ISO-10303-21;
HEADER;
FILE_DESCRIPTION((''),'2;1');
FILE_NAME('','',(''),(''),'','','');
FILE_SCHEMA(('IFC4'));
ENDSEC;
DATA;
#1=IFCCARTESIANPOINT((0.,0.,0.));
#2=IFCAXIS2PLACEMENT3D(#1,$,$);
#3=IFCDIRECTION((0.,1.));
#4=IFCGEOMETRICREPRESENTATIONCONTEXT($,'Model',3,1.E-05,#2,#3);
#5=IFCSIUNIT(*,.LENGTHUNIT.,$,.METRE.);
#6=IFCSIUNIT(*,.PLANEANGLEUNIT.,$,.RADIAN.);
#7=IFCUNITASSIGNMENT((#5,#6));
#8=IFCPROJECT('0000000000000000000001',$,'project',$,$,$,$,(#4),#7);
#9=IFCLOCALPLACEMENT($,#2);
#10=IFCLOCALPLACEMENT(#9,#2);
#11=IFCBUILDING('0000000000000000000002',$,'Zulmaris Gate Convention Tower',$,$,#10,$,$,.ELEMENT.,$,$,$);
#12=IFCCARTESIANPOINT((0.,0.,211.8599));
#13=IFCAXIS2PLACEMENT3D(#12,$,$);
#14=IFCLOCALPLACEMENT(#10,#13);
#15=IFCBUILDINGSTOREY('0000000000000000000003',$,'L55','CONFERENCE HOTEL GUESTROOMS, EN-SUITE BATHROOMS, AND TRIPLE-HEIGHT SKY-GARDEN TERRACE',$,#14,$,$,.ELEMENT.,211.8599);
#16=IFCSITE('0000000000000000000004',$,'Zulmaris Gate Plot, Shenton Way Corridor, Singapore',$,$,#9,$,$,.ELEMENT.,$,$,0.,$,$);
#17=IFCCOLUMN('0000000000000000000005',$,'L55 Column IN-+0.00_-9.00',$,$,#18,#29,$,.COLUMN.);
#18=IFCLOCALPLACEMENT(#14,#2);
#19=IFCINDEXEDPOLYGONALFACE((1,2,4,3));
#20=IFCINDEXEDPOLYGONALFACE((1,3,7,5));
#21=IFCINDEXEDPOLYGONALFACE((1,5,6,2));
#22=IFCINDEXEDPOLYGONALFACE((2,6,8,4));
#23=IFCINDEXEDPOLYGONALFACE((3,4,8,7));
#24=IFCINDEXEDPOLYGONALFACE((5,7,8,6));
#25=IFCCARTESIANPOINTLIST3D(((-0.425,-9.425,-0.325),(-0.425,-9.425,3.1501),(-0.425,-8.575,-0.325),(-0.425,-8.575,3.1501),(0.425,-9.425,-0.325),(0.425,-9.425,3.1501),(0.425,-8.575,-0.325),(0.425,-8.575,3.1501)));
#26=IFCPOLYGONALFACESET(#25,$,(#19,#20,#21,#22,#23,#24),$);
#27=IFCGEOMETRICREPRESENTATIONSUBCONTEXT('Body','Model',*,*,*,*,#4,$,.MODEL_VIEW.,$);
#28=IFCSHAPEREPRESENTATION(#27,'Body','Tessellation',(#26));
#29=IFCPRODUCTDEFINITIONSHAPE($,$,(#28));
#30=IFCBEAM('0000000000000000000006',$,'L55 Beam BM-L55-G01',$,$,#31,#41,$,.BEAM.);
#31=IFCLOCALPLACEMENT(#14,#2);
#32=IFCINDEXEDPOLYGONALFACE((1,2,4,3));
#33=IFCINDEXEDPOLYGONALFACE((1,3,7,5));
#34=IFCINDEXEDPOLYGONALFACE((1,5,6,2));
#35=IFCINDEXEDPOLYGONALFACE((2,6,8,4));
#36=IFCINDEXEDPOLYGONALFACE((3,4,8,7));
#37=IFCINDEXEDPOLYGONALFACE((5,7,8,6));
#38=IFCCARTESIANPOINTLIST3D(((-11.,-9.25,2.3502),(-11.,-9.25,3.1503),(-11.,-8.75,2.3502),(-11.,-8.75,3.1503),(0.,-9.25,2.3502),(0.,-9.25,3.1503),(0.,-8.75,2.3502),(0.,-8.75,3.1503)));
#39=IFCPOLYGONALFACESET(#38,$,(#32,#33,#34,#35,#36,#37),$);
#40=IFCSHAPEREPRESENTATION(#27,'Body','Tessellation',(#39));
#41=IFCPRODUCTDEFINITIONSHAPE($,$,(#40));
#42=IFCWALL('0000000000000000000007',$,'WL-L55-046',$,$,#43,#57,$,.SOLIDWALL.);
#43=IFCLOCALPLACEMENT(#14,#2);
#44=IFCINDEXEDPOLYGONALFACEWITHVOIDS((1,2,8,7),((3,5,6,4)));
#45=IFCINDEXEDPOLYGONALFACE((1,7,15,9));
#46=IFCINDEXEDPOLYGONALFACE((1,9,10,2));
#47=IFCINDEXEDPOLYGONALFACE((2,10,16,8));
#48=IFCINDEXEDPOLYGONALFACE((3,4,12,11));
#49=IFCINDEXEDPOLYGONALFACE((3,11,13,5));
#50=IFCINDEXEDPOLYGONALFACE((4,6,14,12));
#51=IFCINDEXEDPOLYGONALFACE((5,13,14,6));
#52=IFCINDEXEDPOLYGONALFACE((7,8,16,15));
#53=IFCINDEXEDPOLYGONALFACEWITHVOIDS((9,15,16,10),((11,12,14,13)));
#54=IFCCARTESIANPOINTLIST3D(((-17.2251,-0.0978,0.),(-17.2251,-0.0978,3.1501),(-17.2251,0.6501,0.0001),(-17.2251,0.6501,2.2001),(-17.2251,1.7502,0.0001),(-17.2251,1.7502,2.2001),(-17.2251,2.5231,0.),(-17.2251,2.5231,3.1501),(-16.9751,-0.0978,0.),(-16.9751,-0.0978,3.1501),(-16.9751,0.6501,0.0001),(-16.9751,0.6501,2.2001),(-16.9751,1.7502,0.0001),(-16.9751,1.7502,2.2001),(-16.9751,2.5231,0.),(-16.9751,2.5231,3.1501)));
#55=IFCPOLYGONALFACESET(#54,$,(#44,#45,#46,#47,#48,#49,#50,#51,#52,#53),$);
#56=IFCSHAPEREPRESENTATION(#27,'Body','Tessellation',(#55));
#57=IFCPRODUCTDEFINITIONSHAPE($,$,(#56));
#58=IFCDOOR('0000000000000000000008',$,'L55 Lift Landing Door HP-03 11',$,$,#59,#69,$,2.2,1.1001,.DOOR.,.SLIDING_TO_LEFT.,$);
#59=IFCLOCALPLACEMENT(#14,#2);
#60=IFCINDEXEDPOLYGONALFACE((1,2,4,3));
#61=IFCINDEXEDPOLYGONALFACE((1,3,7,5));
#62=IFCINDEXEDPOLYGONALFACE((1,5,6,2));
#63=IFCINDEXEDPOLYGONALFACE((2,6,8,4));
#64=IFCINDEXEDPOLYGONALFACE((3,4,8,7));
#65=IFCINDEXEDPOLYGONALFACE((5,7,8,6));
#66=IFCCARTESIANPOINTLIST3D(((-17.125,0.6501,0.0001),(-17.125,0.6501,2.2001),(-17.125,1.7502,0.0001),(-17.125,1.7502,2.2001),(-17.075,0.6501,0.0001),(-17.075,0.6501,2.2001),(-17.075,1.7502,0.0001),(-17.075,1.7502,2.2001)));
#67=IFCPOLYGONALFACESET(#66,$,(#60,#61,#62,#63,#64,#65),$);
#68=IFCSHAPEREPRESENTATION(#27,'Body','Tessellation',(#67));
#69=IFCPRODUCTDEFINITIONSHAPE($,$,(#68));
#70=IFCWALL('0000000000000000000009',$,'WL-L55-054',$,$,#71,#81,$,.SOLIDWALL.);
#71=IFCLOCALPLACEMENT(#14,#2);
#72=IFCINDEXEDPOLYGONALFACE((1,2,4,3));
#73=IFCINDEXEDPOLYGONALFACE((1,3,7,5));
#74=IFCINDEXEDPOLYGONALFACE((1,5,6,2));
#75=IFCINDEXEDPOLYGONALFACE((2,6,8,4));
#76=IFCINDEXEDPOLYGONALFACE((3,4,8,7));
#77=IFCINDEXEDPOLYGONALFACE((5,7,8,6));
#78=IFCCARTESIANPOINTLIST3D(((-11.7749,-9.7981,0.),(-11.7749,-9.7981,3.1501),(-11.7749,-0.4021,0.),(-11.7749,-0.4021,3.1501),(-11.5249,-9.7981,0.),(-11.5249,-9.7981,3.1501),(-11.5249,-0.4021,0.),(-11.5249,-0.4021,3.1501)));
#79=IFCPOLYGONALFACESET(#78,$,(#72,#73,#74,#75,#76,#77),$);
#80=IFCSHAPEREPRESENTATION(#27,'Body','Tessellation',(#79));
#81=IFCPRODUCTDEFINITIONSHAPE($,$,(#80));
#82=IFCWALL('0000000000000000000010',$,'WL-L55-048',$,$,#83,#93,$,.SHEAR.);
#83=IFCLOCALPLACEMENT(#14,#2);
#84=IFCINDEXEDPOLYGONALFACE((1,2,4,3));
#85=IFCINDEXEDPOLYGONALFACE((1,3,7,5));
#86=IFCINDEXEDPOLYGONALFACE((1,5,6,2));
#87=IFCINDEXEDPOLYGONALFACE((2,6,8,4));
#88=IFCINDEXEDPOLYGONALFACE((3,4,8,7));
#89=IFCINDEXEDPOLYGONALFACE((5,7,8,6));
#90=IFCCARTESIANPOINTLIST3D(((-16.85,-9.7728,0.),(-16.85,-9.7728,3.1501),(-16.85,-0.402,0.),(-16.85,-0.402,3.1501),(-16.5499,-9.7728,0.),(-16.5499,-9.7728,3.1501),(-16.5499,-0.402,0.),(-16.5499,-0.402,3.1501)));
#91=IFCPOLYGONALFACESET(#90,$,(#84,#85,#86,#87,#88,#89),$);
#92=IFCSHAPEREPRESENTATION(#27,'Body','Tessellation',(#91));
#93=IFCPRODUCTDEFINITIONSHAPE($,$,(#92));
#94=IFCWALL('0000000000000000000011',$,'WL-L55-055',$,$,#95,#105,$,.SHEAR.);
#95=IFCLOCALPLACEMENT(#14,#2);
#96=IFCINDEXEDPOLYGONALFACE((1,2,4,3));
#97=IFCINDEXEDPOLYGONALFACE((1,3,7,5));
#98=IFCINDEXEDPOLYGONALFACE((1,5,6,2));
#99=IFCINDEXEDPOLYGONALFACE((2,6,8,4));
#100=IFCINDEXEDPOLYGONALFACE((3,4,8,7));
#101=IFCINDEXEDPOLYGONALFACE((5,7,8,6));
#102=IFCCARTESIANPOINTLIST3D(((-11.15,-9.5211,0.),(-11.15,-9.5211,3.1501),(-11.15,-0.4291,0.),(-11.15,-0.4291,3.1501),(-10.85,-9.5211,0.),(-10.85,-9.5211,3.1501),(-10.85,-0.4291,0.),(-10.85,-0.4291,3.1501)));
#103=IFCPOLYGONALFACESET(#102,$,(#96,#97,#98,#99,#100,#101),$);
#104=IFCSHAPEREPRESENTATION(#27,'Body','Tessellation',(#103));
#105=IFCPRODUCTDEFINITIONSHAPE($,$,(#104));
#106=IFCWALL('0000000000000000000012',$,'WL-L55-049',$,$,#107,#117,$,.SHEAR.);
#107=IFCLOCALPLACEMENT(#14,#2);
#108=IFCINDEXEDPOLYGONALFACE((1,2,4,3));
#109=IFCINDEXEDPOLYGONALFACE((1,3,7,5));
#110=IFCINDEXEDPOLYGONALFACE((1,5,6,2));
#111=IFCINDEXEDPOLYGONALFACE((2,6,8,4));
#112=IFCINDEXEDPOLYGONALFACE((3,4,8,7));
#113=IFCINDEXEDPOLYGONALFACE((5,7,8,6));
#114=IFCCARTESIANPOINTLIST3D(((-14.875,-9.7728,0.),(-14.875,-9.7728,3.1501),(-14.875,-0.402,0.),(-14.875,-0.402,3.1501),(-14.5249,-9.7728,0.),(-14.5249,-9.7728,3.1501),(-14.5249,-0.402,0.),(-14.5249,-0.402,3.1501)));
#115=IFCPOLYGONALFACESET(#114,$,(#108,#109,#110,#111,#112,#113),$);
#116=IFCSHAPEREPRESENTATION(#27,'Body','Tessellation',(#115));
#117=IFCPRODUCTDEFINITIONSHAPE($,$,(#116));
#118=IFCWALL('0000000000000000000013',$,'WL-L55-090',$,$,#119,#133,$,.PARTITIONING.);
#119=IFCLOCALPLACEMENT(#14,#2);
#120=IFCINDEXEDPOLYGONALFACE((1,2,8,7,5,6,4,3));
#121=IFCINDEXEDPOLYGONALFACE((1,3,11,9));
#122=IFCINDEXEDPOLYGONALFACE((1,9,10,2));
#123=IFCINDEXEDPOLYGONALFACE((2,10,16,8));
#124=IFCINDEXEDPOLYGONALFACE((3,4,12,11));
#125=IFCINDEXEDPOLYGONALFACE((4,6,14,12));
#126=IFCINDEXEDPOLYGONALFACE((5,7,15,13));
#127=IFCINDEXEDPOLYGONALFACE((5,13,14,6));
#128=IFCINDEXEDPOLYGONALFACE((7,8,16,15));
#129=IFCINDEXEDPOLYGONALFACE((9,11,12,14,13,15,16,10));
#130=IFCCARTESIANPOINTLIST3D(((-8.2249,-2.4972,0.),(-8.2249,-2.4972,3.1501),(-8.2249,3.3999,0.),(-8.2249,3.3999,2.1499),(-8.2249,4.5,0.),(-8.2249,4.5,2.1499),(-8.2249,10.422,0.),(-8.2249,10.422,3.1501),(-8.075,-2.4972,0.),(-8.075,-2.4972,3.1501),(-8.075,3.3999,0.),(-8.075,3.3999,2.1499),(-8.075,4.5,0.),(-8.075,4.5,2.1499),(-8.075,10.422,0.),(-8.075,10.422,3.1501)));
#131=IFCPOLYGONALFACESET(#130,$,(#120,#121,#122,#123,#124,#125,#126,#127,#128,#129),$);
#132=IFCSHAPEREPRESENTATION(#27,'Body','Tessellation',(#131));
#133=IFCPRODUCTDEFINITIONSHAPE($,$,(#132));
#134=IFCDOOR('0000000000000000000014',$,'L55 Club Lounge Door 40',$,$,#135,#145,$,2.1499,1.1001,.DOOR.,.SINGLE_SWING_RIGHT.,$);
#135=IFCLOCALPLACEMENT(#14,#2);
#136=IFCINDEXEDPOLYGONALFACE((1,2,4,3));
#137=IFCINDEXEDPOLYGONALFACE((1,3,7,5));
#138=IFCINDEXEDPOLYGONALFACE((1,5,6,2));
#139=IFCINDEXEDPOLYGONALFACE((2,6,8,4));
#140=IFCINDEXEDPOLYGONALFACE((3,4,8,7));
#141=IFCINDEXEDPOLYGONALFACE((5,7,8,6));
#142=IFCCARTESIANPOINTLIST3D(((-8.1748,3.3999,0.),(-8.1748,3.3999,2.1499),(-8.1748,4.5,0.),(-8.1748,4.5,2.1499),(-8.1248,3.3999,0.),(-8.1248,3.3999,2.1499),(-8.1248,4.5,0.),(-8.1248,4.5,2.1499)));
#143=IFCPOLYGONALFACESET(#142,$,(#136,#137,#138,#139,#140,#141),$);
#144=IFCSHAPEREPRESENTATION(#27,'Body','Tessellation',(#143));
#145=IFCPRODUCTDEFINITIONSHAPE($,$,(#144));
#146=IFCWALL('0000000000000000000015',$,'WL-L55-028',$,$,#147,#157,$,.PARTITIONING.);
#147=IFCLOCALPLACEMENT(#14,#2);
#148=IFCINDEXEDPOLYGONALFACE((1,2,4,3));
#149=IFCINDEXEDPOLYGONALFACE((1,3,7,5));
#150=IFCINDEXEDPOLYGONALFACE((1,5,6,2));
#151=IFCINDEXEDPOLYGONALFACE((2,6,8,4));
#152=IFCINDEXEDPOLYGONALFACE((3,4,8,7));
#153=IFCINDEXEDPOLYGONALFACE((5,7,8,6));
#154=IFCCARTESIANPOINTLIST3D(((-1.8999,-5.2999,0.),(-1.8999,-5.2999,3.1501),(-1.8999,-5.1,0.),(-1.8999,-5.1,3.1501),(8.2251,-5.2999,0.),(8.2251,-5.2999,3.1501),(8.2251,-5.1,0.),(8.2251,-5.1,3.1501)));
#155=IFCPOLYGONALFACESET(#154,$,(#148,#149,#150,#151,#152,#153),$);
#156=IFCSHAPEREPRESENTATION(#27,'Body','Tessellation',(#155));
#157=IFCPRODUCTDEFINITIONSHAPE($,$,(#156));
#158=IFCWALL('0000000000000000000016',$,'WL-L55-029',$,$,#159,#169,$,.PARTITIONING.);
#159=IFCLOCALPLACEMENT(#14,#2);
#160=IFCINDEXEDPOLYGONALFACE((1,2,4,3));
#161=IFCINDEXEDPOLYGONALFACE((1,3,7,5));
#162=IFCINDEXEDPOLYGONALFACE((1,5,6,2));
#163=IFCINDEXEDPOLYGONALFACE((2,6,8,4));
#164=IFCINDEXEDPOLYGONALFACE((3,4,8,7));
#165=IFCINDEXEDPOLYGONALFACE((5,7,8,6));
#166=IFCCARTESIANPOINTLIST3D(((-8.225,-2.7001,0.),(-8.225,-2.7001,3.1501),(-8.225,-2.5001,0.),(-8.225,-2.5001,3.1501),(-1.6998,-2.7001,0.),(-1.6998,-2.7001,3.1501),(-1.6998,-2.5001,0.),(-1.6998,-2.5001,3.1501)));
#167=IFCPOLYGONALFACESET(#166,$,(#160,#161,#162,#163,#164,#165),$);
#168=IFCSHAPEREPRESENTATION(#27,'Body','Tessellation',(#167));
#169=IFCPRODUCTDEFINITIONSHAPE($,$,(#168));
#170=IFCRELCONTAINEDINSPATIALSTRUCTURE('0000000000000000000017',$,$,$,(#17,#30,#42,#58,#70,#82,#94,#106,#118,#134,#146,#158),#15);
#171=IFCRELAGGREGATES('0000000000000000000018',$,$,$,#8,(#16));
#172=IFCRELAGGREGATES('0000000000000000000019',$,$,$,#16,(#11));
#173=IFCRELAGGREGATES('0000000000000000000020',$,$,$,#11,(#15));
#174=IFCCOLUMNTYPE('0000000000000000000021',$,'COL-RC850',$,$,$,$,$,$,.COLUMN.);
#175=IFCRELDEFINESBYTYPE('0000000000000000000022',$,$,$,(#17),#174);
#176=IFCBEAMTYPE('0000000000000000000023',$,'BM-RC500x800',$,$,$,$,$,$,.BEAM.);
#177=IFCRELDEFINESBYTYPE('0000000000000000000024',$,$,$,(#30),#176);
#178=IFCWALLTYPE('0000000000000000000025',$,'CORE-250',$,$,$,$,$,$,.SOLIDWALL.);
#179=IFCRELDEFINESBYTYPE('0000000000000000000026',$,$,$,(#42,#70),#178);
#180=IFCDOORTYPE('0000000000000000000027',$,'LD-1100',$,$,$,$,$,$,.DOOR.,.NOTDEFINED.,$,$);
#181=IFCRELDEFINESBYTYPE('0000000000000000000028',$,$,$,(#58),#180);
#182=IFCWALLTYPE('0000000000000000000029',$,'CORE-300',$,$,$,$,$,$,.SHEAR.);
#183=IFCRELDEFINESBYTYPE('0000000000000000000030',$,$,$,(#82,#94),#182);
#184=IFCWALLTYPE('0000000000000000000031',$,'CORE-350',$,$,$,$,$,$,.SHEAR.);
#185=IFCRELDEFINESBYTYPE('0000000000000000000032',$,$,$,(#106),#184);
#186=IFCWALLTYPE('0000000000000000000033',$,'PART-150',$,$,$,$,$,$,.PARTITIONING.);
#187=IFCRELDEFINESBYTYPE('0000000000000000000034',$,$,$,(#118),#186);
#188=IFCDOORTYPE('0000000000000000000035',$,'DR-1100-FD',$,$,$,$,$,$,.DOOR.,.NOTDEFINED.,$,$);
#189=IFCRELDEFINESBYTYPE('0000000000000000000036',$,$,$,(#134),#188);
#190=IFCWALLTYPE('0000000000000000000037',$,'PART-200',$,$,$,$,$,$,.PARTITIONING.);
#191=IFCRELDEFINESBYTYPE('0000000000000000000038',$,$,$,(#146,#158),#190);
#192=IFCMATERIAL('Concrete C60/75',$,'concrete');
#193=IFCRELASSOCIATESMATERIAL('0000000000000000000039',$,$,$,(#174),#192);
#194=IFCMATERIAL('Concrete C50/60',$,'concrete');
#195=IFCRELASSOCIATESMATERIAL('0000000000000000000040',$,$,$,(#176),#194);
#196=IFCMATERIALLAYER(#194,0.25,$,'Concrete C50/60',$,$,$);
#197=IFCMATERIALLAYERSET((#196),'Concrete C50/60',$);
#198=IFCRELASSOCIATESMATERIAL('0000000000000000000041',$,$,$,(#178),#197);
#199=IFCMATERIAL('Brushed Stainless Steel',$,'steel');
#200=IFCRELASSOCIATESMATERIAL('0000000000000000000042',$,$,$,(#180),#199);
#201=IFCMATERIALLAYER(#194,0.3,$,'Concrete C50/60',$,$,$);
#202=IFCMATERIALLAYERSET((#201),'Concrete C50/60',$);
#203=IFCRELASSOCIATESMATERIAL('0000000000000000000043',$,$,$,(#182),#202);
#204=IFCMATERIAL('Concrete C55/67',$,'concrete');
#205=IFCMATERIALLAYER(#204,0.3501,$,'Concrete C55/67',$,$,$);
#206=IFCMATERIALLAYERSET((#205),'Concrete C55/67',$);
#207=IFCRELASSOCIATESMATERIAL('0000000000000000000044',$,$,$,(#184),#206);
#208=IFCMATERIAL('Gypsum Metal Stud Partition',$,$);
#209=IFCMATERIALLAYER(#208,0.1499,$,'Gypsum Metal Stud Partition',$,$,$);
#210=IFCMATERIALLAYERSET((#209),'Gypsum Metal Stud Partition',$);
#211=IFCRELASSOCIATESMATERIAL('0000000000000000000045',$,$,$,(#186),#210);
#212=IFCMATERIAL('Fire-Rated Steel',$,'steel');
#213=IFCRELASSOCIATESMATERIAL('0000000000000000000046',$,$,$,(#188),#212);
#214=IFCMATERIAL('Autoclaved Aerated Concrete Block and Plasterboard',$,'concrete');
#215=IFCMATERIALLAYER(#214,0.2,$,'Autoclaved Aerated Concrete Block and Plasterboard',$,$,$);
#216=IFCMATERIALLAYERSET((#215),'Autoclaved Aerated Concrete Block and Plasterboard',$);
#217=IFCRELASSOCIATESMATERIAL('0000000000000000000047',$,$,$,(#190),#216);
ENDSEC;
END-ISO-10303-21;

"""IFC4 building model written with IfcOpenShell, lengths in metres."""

from ifc_helpers import new_model, si_unit, direction, frame, frame_2d, origin, origin_2d, place, context, subcontext, project, spatial, rectangle, extrude, material, layer, layer_set, material_profile, profile_set, type_object, element, fill, save


model = new_model("IFC4")

# Units and contexts
model_context = context("Model", 3, precision=1e-05, world=origin(), true_north=direction((0.0, 1.0)))
body_context = subcontext(model_context, "Body", "Model", "MODEL_VIEW")
ifc_project = project(units=[si_unit("LENGTHUNIT", "METRE"), si_unit("PLANEANGLEUNIT", "RADIAN")], contexts=[model_context])

# Site, building, storey
site_placement = place(None, origin())
site = spatial("IfcSite", under=ifc_project, at=site_placement, Name="Zulmaris Gate Plot, Shenton Way Corridor, Singapore", CompositionType="ELEMENT", RefElevation=0.0)
building_placement = place(site_placement, origin())
building = spatial("IfcBuilding", under=site, at=building_placement, Name="Zulmaris Gate Convention Tower", CompositionType="ELEMENT")
storey_placement = place(building_placement, frame((0.0, 0.0, 211.8599)))
storey = spatial("IfcBuildingStorey", under=building, at=storey_placement, Name="L55", Description="CONFERENCE HOTEL GUESTROOMS, EN-SUITE BATHROOMS, AND TRIPLE-HEIGHT SKY-GARDEN TERRACE", CompositionType="ELEMENT", Elevation=211.8599)

# Column
ifc_material_1 = material(Name="Concrete C60/75", Category="concrete")
ifc_material_profile_1 = material_profile(ifc_material_1, rectangle(XDim=0.8501, YDim=0.8501, at=origin_2d()), Name="RC COL 850x850")
ifc_profile_set_1 = profile_set([ifc_material_profile_1], Name="Concrete C60/75")
column_type = type_object("IfcColumnType", Name="COL-RC850", PredefinedType="COLUMN", material=ifc_profile_set_1)
column_placement = place(storey_placement, frame((0.0, -9.0, -0.325), z_axis=(0.0, 0.0, 1.0), x_axis=(1.0, 0.0, 0.0)))
element("IfcColumn", 1, at=column_placement, inside=storey, type_object=column_type, Name="L55 Column IN-+0.00_-9.00", PredefinedType="COLUMN", context=body_context, shape_type="SweptSolid", body=[
    extrude(rectangle(XDim=0.8501, YDim=0.8501, at=origin_2d()), origin(), (0.0, 0.0, 1.0), 3.4751),
])

# Beam
ifc_material_2 = material(Name="Concrete C50/60", Category="concrete")
ifc_material_profile_2 = material_profile(ifc_material_2, rectangle(XDim=0.5, YDim=0.8, at=origin_2d()), Name="RC BEAM 500x800")
ifc_profile_set_2 = profile_set([ifc_material_profile_2], Name="Concrete C50/60")
beam_type = type_object("IfcBeamType", Name="BM-RC500x800", PredefinedType="BEAM", material=ifc_profile_set_2)
beam_placement = place(storey_placement, frame((-11.0, -9.0, 2.7502), z_axis=(1.0, 0.0, 0.0), x_axis=(0.0, 1.0, 0.0)))
element("IfcBeam", 2, at=beam_placement, inside=storey, type_object=beam_type, Name="L55 Beam BM-L55-G01", PredefinedType="BEAM", context=body_context, shape_type="SweptSolid", body=[
    extrude(rectangle(XDim=0.5, YDim=0.8, at=origin_2d()), origin(), (0.0, 0.0, 1.0), 11.0),
])

# Wall, opening, door
ifc_layer_1 = layer(ifc_material_2, 0.25, Name="Concrete C50/60")
ifc_layer_set_1 = layer_set([ifc_layer_1], Name="Concrete C50/60")
wall_type_1 = type_object("IfcWallType", Name="CORE-250", PredefinedType="SOLIDWALL", material=ifc_layer_set_1)
wall_1_placement = place(storey_placement, frame((-17.1001, -0.0979, 0.0), z_axis=(0.0, 0.0, 1.0), x_axis=(0.0, 1.0, 0.0)))
wall_1 = element("IfcWall", 3, at=wall_1_placement, inside=storey, type_object=wall_type_1, Name="WL-L55-046", PredefinedType="SOLIDWALL", context=body_context, shape_type="SweptSolid", body=[
    extrude(rectangle(XDim=2.6208, YDim=0.25, at=frame_2d((1.3105, 0.0))), origin(), (0.0, 0.0, 1.0), 3.1501),
])
opening_1_placement = place(wall_1_placement, frame((0.748, 0.0, 0.0)))
opening_1 = element("IfcOpeningElement", 4, at=opening_1_placement, cuts=wall_1, PredefinedType="OPENING", context=body_context, shape_type="SweptSolid", body=[
    extrude(rectangle(XDim=1.1001, YDim=2.2, at=frame_2d((0.55, 1.1001))), frame((0.0, 0.135, 0.0), z_axis=(0.0, -1.0, 0.0), x_axis=(1.0, 0.0, 0.0)), (0.0, 0.0, 1.0), 0.27),
])
ifc_material_3 = material(Name="Brushed Stainless Steel", Category="steel")
door_type_1 = type_object("IfcDoorType", Name="LD-1100", OperationType="NOTDEFINED", PredefinedType="DOOR", material=ifc_material_3)
door_1_placement = place(opening_1_placement, origin())
door_1 = element("IfcDoor", 5, at=door_1_placement, inside=storey, type_object=door_type_1, Name="L55 Lift Landing Door HP-03 11", OperationType="SLIDING_TO_LEFT", OverallHeight=2.2, OverallWidth=1.1001, PredefinedType="DOOR", context=body_context, shape_type="SweptSolid", body=[
    extrude(rectangle(XDim=1.1001, YDim=2.2, at=frame_2d((0.55, 1.1001))), frame((0.0, 0.0249, 0.0), z_axis=(0.0, -1.0, 0.0), x_axis=(1.0, 0.0, 0.0)), (0.0, 0.0, 1.0), 0.05),
])
fill(opening_1, door_1)

# Walls
wall_2_placement = place(storey_placement, frame((-11.6499, -9.7981, 0.0), z_axis=(0.0, 0.0, 1.0), x_axis=(0.0, 1.0, 0.0)))
element("IfcWall", 6, at=wall_2_placement, inside=storey, type_object=wall_type_1, Name="WL-L55-054", PredefinedType="SOLIDWALL", context=body_context, shape_type="SweptSolid", body=[
    extrude(rectangle(XDim=9.396, YDim=0.25, at=frame_2d((4.698, 0.0))), origin(), (0.0, 0.0, 1.0), 3.1501),
])
ifc_layer_2 = layer(ifc_material_2, 0.3, Name="Concrete C50/60")
ifc_layer_set_2 = layer_set([ifc_layer_2], Name="Concrete C50/60")
wall_type_2 = type_object("IfcWallType", Name="CORE-300", PredefinedType="SHEAR", material=ifc_layer_set_2)
wall_3_placement = place(storey_placement, frame((-16.7, -9.7729, 0.0), z_axis=(0.0, 0.0, 1.0), x_axis=(0.0, 1.0, 0.0)))
element("IfcWall", 7, at=wall_3_placement, inside=storey, type_object=wall_type_2, Name="WL-L55-048", PredefinedType="SHEAR", context=body_context, shape_type="SweptSolid", body=[
    extrude(rectangle(XDim=9.3708, YDim=0.3, at=frame_2d((4.6855, 0.0))), origin(), (0.0, 0.0, 1.0), 3.1501),
])
wall_4_placement = place(storey_placement, frame((-11.0, -9.521, 0.0), z_axis=(0.0, 0.0, 1.0), x_axis=(0.0, 1.0, 0.0)))
element("IfcWall", 8, at=wall_4_placement, inside=storey, type_object=wall_type_2, Name="WL-L55-055", PredefinedType="SHEAR", context=body_context, shape_type="SweptSolid", body=[
    extrude(rectangle(XDim=9.092, YDim=0.3, at=frame_2d((4.5459, 0.0))), origin(), (0.0, 0.0, 1.0), 3.1501),
])
ifc_material_4 = material(Name="Concrete C55/67", Category="concrete")
ifc_layer_3 = layer(ifc_material_4, 0.3501, Name="Concrete C55/67")
ifc_layer_set_3 = layer_set([ifc_layer_3], Name="Concrete C55/67")
wall_type_3 = type_object("IfcWallType", Name="CORE-350", PredefinedType="SHEAR", material=ifc_layer_set_3)
wall_5_placement = place(storey_placement, frame((-14.7, -9.7729, 0.0), z_axis=(0.0, 0.0, 1.0), x_axis=(0.0, 1.0, 0.0)))
element("IfcWall", 9, at=wall_5_placement, inside=storey, type_object=wall_type_3, Name="WL-L55-049", PredefinedType="SHEAR", context=body_context, shape_type="SweptSolid", body=[
    extrude(rectangle(XDim=9.3708, YDim=0.3501, at=frame_2d((4.6855, 0.0))), origin(), (0.0, 0.0, 1.0), 3.1501),
])

# Wall, opening, door
ifc_material_5 = material(Name="Gypsum Metal Stud Partition")
ifc_layer_4 = layer(ifc_material_5, 0.1499, Name="Gypsum Metal Stud Partition")
ifc_layer_set_4 = layer_set([ifc_layer_4], Name="Gypsum Metal Stud Partition")
wall_type_4 = type_object("IfcWallType", Name="PART-150", PredefinedType="PARTITIONING", material=ifc_layer_set_4)
wall_6_placement = place(storey_placement, frame((-8.1499, -2.4971, 0.0), z_axis=(0.0, 0.0, 1.0), x_axis=(0.0, 1.0, 0.0)))
wall_6 = element("IfcWall", 10, at=wall_6_placement, inside=storey, type_object=wall_type_4, Name="WL-L55-090", PredefinedType="PARTITIONING", context=body_context, shape_type="SweptSolid", body=[
    extrude(rectangle(XDim=12.9192, YDim=0.1499, at=frame_2d((6.4595, 0.0))), origin(), (0.0, 0.0, 1.0), 3.1501),
])
opening_2_placement = place(wall_6_placement, frame((5.897, 0.0, 0.0)))
opening_2 = element("IfcOpeningElement", 11, at=opening_2_placement, cuts=wall_6, PredefinedType="OPENING", context=body_context, shape_type="SweptSolid", body=[
    extrude(rectangle(XDim=1.1001, YDim=2.1499, at=frame_2d((0.55, 1.075))), frame((0.0, 0.085, 0.0), z_axis=(0.0, -1.0, 0.0), x_axis=(1.0, 0.0, 0.0)), (0.0, 0.0, 1.0), 0.1699),
])
ifc_material_6 = material(Name="Fire-Rated Steel", Category="steel")
door_type_2 = type_object("IfcDoorType", Name="DR-1100-FD", OperationType="NOTDEFINED", PredefinedType="DOOR", material=ifc_material_6)
door_2_placement = place(opening_2_placement, origin())
door_2 = element("IfcDoor", 12, at=door_2_placement, inside=storey, type_object=door_type_2, Name="L55 Club Lounge Door 40", OperationType="SINGLE_SWING_RIGHT", OverallHeight=2.1499, OverallWidth=1.1001, PredefinedType="DOOR", context=body_context, shape_type="SweptSolid", body=[
    extrude(rectangle(XDim=1.1001, YDim=2.1499, at=frame_2d((0.55, 1.075))), frame((0.0, 0.0249, 0.0), z_axis=(0.0, -1.0, 0.0), x_axis=(1.0, 0.0, 0.0)), (0.0, 0.0, 1.0), 0.05),
])
fill(opening_2, door_2)

# Walls
ifc_material_7 = material(Name="Autoclaved Aerated Concrete Block and Plasterboard", Category="concrete")
ifc_layer_5 = layer(ifc_material_7, 0.2, Name="Autoclaved Aerated Concrete Block and Plasterboard")
ifc_layer_set_5 = layer_set([ifc_layer_5], Name="Autoclaved Aerated Concrete Block and Plasterboard")
wall_type_5 = type_object("IfcWallType", Name="PART-200", PredefinedType="PARTITIONING", material=ifc_layer_set_5)
wall_7_placement = place(storey_placement, frame((-1.8999, -5.2, 0.0), z_axis=(0.0, 0.0, 1.0), x_axis=(1.0, 0.0, 0.0)))
element("IfcWall", 13, at=wall_7_placement, inside=storey, type_object=wall_type_5, Name="WL-L55-028", PredefinedType="PARTITIONING", context=body_context, shape_type="SweptSolid", body=[
    extrude(rectangle(XDim=10.125, YDim=0.2, at=frame_2d((5.0625, 0.0))), origin(), (0.0, 0.0, 1.0), 3.1501),
])
wall_8_placement = place(storey_placement, frame((-8.2251, -2.6001, 0.0), z_axis=(0.0, 0.0, 1.0), x_axis=(1.0, 0.0, 0.0)))
element("IfcWall", 14, at=wall_8_placement, inside=storey, type_object=wall_type_5, Name="WL-L55-029", PredefinedType="PARTITIONING", context=body_context, shape_type="SweptSolid", body=[
    extrude(rectangle(XDim=6.5251, YDim=0.2, at=frame_2d((3.2627, 0.0))), origin(), (0.0, 0.0, 1.0), 3.1501),
])

save(model, "model.ifc")
